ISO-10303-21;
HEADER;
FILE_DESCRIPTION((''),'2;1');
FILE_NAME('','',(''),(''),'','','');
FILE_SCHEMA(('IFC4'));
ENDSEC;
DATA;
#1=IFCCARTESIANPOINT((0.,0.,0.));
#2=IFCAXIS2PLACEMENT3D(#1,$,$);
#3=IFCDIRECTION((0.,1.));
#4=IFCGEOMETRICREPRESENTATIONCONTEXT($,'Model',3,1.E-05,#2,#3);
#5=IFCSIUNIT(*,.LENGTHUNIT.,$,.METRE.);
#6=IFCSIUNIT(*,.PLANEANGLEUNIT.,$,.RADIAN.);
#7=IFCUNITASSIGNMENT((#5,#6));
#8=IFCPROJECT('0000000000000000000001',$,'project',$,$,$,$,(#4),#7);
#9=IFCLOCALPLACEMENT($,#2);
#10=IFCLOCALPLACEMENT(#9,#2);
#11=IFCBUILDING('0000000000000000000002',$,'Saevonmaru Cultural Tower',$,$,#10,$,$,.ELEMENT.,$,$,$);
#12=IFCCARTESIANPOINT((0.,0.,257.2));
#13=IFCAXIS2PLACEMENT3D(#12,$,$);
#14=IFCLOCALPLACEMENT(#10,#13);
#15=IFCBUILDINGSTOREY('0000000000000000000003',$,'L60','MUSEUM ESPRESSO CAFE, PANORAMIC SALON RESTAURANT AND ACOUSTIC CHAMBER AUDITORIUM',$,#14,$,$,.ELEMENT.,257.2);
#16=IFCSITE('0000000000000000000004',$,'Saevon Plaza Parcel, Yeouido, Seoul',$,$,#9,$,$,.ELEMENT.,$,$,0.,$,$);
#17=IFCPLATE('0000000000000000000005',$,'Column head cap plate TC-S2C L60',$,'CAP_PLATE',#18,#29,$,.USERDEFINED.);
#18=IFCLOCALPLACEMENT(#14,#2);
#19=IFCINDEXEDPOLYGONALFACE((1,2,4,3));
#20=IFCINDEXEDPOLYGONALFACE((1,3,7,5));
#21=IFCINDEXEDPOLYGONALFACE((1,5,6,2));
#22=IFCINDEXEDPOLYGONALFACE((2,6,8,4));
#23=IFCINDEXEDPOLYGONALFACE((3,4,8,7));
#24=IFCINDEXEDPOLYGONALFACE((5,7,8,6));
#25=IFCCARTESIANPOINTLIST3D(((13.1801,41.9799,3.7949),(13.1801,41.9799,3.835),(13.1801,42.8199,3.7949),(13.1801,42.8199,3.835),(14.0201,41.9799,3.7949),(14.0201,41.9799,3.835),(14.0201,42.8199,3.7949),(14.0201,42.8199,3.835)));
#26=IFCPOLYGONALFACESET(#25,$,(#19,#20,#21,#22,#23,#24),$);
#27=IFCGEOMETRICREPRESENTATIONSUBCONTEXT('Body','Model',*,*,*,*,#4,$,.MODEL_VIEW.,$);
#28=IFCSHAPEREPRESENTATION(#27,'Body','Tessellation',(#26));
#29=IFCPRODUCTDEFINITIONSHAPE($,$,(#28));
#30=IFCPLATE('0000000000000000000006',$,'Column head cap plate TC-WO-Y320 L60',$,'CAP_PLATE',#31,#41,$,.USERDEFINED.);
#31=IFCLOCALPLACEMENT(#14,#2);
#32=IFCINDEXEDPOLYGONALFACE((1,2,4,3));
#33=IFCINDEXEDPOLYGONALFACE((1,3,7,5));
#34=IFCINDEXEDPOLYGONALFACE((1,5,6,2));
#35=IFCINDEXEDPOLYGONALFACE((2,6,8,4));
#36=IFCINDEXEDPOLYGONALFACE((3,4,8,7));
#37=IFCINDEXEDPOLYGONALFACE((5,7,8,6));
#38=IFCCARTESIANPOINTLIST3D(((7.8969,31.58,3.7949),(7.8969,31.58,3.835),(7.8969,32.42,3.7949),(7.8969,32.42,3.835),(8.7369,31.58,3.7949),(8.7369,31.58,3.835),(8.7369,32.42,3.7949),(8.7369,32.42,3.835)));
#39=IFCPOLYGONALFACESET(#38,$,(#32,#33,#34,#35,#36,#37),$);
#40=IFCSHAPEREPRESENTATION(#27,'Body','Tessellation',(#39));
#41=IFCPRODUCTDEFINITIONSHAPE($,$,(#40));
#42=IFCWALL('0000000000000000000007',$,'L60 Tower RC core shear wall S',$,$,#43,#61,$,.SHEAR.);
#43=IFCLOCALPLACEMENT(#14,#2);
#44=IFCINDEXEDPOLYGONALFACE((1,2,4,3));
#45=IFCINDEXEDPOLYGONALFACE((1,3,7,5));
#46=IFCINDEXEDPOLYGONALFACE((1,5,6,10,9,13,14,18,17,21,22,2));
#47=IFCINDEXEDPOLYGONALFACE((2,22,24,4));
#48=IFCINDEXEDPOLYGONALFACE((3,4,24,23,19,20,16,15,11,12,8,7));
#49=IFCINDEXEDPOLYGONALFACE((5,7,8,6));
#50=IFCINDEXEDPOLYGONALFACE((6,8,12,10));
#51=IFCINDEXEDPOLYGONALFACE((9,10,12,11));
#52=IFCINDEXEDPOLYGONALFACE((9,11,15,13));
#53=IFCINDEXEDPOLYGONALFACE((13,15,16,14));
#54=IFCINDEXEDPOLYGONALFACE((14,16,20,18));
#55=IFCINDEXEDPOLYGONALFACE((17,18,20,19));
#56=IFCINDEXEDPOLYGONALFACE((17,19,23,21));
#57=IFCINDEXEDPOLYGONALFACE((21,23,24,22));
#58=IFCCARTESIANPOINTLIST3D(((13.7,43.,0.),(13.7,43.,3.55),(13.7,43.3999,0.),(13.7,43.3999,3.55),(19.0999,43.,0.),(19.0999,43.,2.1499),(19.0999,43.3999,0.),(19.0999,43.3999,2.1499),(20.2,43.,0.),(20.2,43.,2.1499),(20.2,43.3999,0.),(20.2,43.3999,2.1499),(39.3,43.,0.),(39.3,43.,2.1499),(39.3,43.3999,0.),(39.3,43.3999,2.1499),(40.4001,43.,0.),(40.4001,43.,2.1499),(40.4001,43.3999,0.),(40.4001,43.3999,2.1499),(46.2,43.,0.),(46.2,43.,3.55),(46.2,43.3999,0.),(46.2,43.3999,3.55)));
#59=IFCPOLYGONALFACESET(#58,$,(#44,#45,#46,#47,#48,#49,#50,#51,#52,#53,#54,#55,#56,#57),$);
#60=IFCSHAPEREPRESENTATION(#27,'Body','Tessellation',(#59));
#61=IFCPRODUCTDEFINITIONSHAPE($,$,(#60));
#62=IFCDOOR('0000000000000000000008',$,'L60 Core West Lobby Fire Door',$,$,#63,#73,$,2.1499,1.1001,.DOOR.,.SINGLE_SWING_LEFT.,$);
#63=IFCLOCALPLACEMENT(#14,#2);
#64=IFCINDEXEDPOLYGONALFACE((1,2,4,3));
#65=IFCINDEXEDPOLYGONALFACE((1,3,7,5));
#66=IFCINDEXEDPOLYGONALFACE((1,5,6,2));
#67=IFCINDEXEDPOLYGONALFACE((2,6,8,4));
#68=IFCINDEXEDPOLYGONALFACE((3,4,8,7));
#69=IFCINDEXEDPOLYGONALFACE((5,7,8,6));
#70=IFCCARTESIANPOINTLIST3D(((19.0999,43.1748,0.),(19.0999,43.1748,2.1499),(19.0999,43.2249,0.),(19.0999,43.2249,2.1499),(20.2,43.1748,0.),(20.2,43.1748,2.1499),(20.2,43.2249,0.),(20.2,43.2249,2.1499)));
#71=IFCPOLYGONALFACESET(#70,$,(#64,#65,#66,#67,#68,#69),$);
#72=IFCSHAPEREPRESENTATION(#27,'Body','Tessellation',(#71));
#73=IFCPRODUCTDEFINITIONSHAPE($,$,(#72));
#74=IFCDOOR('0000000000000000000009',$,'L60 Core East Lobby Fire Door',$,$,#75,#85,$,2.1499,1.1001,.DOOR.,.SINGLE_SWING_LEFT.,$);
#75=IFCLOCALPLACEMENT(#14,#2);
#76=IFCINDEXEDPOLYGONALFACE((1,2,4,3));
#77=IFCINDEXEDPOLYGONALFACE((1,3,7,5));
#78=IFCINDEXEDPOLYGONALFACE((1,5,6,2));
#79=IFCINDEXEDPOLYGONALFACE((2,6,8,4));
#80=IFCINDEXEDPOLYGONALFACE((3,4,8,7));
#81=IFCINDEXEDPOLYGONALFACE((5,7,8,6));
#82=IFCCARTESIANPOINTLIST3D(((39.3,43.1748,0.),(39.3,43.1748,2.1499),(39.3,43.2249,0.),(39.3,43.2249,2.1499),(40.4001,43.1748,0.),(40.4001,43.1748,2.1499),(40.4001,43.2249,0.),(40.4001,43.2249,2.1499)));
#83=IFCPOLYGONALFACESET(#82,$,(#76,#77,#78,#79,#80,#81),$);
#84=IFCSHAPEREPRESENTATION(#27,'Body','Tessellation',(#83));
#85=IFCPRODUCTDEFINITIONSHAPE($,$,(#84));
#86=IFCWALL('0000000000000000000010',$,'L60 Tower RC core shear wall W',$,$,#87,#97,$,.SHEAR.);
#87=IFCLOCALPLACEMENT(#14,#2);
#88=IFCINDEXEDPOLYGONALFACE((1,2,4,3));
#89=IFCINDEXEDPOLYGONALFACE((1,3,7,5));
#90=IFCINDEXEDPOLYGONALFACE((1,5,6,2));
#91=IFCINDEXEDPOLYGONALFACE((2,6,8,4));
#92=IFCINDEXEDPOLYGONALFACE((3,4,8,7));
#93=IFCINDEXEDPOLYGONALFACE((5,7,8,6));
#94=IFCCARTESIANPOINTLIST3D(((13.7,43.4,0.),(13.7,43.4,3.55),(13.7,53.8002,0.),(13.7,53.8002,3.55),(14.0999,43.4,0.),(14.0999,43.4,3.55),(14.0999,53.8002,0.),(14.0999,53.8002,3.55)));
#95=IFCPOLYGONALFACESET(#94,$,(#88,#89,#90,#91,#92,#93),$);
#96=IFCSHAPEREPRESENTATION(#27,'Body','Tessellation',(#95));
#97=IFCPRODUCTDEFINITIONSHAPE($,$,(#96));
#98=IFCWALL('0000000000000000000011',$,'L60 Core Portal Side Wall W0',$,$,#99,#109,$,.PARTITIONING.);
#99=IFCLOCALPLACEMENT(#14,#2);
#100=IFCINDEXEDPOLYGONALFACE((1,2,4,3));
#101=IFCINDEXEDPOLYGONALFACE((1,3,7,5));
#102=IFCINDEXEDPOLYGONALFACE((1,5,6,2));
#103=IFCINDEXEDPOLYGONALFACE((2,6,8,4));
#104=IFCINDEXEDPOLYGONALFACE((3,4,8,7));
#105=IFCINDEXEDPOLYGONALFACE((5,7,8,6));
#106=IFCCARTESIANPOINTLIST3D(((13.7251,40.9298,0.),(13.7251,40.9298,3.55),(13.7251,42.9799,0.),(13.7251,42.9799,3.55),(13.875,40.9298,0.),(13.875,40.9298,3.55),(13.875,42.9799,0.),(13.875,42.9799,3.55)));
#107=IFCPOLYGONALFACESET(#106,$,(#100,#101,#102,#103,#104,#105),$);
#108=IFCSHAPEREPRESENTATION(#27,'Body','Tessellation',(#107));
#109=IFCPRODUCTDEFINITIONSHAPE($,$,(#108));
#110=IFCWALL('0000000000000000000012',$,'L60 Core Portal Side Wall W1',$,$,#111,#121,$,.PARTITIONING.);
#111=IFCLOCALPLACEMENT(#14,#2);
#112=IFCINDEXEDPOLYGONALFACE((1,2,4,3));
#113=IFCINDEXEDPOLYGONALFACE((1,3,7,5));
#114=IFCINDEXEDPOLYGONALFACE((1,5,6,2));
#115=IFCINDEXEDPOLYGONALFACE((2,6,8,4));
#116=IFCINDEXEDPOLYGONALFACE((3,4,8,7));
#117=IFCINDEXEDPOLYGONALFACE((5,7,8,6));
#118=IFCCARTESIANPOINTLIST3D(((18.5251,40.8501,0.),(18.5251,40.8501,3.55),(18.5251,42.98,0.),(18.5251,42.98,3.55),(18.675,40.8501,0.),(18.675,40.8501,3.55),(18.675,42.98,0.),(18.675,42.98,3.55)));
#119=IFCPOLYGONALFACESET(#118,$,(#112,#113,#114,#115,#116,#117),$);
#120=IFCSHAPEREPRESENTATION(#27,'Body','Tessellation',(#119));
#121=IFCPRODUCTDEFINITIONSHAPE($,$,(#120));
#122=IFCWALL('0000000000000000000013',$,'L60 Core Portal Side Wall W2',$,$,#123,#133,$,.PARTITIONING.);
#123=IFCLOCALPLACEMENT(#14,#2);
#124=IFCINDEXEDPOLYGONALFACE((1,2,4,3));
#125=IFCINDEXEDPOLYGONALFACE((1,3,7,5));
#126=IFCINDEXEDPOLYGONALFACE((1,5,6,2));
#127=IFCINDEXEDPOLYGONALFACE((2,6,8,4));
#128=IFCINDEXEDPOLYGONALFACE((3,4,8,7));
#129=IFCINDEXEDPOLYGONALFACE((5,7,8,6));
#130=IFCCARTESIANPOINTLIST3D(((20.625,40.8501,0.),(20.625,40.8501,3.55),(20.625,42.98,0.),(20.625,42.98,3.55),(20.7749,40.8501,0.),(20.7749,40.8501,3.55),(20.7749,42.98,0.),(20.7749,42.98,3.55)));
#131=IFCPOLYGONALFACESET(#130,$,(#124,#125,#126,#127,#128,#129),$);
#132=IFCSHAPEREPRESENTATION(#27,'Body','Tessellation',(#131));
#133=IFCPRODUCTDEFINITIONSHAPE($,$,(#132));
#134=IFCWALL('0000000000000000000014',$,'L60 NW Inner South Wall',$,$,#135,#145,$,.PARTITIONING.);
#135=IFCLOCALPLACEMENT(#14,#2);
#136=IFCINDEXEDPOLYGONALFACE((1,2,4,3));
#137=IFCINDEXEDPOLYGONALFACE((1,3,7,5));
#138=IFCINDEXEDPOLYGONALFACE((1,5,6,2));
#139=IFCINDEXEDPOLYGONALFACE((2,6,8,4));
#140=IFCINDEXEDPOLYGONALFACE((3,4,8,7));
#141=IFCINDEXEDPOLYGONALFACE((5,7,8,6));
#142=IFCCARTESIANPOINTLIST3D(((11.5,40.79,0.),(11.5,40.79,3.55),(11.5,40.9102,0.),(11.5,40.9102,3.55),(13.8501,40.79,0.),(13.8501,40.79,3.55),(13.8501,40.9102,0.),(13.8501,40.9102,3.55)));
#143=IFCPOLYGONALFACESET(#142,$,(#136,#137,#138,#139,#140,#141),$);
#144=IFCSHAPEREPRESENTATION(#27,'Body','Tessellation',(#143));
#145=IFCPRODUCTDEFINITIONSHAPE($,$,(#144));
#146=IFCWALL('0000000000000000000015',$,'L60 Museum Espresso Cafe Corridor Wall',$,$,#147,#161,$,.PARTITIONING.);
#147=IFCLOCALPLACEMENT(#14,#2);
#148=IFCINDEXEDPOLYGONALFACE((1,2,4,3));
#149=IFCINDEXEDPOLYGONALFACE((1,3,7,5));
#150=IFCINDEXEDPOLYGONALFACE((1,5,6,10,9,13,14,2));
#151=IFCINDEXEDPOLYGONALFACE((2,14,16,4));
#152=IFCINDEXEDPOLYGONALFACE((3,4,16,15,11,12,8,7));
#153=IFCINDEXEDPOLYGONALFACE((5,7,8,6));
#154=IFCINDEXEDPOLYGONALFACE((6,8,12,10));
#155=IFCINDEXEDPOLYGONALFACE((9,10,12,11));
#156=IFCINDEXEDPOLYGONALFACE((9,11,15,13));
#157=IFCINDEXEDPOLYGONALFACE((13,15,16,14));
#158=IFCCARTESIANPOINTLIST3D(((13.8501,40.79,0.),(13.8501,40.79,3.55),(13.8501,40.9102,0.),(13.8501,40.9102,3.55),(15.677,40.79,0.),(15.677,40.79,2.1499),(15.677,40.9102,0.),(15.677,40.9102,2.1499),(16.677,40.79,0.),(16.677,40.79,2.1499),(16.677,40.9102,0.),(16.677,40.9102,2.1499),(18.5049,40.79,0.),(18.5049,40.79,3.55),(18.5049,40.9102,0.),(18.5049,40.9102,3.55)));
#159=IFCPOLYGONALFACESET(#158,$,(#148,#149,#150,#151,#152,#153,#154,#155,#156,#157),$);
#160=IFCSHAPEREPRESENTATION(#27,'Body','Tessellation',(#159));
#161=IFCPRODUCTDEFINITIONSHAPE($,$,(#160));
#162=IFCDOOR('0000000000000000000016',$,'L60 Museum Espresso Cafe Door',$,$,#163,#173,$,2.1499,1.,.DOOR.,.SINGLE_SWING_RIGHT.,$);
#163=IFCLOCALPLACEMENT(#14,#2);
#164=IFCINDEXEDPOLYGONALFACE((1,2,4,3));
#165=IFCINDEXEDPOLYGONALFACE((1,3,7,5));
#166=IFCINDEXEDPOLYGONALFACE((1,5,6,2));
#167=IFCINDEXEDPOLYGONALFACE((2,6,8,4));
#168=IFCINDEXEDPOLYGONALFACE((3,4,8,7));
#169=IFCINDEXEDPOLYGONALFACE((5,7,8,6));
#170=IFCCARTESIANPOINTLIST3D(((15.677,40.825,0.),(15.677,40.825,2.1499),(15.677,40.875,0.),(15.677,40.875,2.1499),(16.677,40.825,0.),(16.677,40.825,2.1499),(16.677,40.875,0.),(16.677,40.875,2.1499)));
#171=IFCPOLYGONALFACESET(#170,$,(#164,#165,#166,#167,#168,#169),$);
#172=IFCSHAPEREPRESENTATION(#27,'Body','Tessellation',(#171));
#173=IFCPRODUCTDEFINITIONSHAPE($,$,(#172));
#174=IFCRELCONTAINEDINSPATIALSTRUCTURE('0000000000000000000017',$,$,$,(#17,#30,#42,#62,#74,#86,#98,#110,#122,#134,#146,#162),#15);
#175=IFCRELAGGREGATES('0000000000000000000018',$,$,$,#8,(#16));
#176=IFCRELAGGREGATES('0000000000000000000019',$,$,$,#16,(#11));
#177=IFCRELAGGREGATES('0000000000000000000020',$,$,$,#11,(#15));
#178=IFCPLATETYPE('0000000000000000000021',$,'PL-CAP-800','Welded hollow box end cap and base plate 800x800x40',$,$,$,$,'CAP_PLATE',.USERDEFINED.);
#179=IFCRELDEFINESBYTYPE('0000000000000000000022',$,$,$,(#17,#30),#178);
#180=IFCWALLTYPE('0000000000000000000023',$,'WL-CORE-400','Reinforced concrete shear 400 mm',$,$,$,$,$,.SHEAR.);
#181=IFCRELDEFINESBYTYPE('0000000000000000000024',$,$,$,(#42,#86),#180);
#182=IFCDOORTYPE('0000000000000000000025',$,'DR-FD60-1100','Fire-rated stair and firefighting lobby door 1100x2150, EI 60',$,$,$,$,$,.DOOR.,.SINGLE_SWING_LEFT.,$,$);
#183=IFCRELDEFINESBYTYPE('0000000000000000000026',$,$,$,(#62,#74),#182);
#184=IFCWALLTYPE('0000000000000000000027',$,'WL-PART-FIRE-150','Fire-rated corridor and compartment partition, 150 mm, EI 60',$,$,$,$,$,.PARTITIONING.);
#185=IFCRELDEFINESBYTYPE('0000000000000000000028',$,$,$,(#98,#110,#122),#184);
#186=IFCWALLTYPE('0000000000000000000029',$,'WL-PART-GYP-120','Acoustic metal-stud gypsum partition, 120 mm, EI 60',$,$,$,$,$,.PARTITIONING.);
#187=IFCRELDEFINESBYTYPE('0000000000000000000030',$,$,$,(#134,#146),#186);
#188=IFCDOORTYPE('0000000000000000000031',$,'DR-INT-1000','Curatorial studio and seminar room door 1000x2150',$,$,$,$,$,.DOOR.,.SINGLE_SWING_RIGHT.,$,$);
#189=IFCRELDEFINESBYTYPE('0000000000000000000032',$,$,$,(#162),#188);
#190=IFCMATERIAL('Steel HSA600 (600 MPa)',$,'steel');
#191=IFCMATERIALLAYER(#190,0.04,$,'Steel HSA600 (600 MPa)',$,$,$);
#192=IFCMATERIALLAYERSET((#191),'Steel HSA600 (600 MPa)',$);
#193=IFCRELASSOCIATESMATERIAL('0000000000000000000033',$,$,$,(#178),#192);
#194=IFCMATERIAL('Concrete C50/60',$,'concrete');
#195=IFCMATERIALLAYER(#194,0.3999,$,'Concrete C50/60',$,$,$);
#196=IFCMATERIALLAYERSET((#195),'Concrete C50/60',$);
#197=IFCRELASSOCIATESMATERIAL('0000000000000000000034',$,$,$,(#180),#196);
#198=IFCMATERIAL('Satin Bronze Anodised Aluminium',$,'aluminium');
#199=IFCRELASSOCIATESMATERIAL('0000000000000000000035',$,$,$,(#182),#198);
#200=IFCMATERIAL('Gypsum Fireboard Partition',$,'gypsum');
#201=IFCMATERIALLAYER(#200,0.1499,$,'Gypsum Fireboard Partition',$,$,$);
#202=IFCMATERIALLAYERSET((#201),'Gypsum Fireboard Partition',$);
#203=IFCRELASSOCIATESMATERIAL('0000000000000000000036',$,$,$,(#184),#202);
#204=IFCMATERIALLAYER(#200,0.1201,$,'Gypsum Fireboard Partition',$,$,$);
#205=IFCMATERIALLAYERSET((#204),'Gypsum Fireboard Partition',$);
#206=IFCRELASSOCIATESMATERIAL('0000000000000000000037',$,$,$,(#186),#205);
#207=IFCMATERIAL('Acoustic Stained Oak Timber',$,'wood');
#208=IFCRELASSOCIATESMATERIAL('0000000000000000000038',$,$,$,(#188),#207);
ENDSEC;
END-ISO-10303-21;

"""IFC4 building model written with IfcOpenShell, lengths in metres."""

from ifc_helpers import new_model, si_unit, direction, frame, frame_2d, origin, origin_2d, place, context, subcontext, project, spatial, rectangle, extrude, material, layer, layer_set, type_object, element, fill, save


model = new_model("IFC4")

# Units and contexts
model_context = context("Model", 3, precision=1e-05, world=origin(), true_north=direction((0.0, 1.0)))
body_context = subcontext(model_context, "Body", "Model", "MODEL_VIEW")
ifc_project = project(units=[si_unit("LENGTHUNIT", "METRE"), si_unit("PLANEANGLEUNIT", "RADIAN")], contexts=[model_context])

# Site, building, storey
site_placement = place(None, origin())
site = spatial("IfcSite", under=ifc_project, at=site_placement, Name="Saevon Plaza Parcel, Yeouido, Seoul", CompositionType="ELEMENT", RefElevation=0.0)
building_placement = place(site_placement, origin())
building = spatial("IfcBuilding", under=site, at=building_placement, Name="Saevonmaru Cultural Tower", CompositionType="ELEMENT")
storey_placement = place(building_placement, frame((0.0, 0.0, 257.2)))
storey = spatial("IfcBuildingStorey", under=building, at=storey_placement, Name="L60", Description="MUSEUM ESPRESSO CAFE, PANORAMIC SALON RESTAURANT AND ACOUSTIC CHAMBER AUDITORIUM", CompositionType="ELEMENT", Elevation=257.2)

# Plates
ifc_material_1 = material(Name="Steel HSA600 (600 MPa)", Category="steel")
ifc_layer_1 = layer(ifc_material_1, 0.04, Name="Steel HSA600 (600 MPa)")
ifc_layer_set_1 = layer_set([ifc_layer_1], Name="Steel HSA600 (600 MPa)")
plate_type = type_object("IfcPlateType", Name="PL-CAP-800", Description="Welded hollow box end cap and base plate 800x800x40", ElementType="CAP_PLATE", PredefinedType="USERDEFINED", material=ifc_layer_set_1)
for number, where, z_axis, x_axis, name in (
    (1, (13.6001, 42.3999, 3.7949), (0.0, 0.0, 1.0), (1.0, 0.0, 0.0), "Column head cap plate TC-S2C L60"),
    (2, (8.3169, 32.0, 3.7949), (0.0, 0.0, 1.0), (1.0, 0.0, 0.0), "Column head cap plate TC-WO-Y320 L60"),
):
    element("IfcPlate", number, at=place(storey_placement, frame(where, z_axis=z_axis, x_axis=x_axis)), inside=storey, type_object=plate_type, Name=name, ObjectType="CAP_PLATE", PredefinedType="USERDEFINED", context=body_context, shape_type="SweptSolid", body=[
        extrude(rectangle(XDim=0.8401, YDim=0.8401, at=origin_2d()), origin(), (0.0, 0.0, 1.0), 0.04),
    ])

# Wall, openings, doors
ifc_material_2 = material(Name="Concrete C50/60", Category="concrete")
ifc_layer_2 = layer(ifc_material_2, 0.3999, Name="Concrete C50/60")
ifc_layer_set_2 = layer_set([ifc_layer_2], Name="Concrete C50/60")
wall_type_1 = type_object("IfcWallType", Name="WL-CORE-400", Description="Reinforced concrete shear 400 mm", PredefinedType="SHEAR", material=ifc_layer_set_2)
wall_1_placement = place(storey_placement, frame((13.7, 43.2, 0.0), z_axis=(0.0, 0.0, 1.0), x_axis=(1.0, 0.0, 0.0)))
wall_1 = element("IfcWall", 3, at=wall_1_placement, inside=storey, type_object=wall_type_1, Name="L60 Tower RC core shear wall S", PredefinedType="SHEAR", context=body_context, shape_type="SweptSolid", body=[
    extrude(rectangle(XDim=32.5, YDim=0.3999, at=frame_2d((16.25, 0.0))), origin(), (0.0, 0.0, 1.0), 3.55),
])
opening_1_placement = place(wall_1_placement, frame((5.3999, 0.0, 0.0)))
opening_1 = element("IfcOpeningElement", 4, at=opening_1_placement, cuts=wall_1, PredefinedType="OPENING", context=body_context, shape_type="SweptSolid", body=[
    extrude(rectangle(XDim=1.1001, YDim=2.1499, at=frame_2d((0.55, 1.075))), frame((0.0, 0.21, 0.0), z_axis=(0.0, -1.0, 0.0), x_axis=(1.0, 0.0, 0.0)), (0.0, 0.0, 1.0), 0.4199),
])
opening_2_placement = place(wall_1_placement, frame((25.6001, 0.0, 0.0)))
opening_2 = element("IfcOpeningElement", 5, at=opening_2_placement, cuts=wall_1, PredefinedType="OPENING", context=body_context, shape_type="SweptSolid", body=[
    extrude(rectangle(XDim=1.1001, YDim=2.1499, at=frame_2d((0.55, 1.075))), frame((0.0, 0.21, 0.0), z_axis=(0.0, -1.0, 0.0), x_axis=(1.0, 0.0, 0.0)), (0.0, 0.0, 1.0), 0.4199),
])
ifc_material_3 = material(Name="Satin Bronze Anodised Aluminium", Category="aluminium")
door_type_1 = type_object("IfcDoorType", Name="DR-FD60-1100", Description="Fire-rated stair and firefighting lobby door 1100x2150, EI 60", OperationType="SINGLE_SWING_LEFT", PredefinedType="DOOR", material=ifc_material_3)
door_1_placement = place(opening_1_placement, origin())
door_1 = element("IfcDoor", 6, at=door_1_placement, inside=storey, type_object=door_type_1, Name="L60 Core West Lobby Fire Door", OperationType="SINGLE_SWING_LEFT", OverallHeight=2.1499, OverallWidth=1.1001, PredefinedType="DOOR", context=body_context, shape_type="SweptSolid", body=[
    extrude(rectangle(XDim=1.1001, YDim=2.1499, at=frame_2d((0.55, 1.075))), frame((0.0, 0.0249, 0.0), z_axis=(0.0, -1.0, 0.0), x_axis=(1.0, 0.0, 0.0)), (0.0, 0.0, 1.0), 0.05),
])
fill(opening_1, door_1)
door_2_placement = place(opening_2_placement, origin())
door_2 = element("IfcDoor", 7, at=door_2_placement, inside=storey, type_object=door_type_1, Name="L60 Core East Lobby Fire Door", OperationType="SINGLE_SWING_LEFT", OverallHeight=2.1499, OverallWidth=1.1001, PredefinedType="DOOR", context=body_context, shape_type="SweptSolid", body=[
    extrude(rectangle(XDim=1.1001, YDim=2.1499, at=frame_2d((0.55, 1.075))), frame((0.0, 0.0249, 0.0), z_axis=(0.0, -1.0, 0.0), x_axis=(1.0, 0.0, 0.0)), (0.0, 0.0, 1.0), 0.05),
])
fill(opening_2, door_2)

# Walls
wall_2_placement = place(storey_placement, frame((13.8999, 43.3999, 0.0), z_axis=(0.0, 0.0, 1.0), x_axis=(0.0, 1.0, 0.0)))
element("IfcWall", 8, at=wall_2_placement, inside=storey, type_object=wall_type_1, Name="L60 Tower RC core shear wall W", PredefinedType="SHEAR", context=body_context, shape_type="SweptSolid", body=[
    extrude(rectangle(XDim=10.4001, YDim=0.3999, at=frame_2d((5.2002, 0.0))), origin(), (0.0, 0.0, 1.0), 3.55),
])
ifc_material_4 = material(Name="Gypsum Fireboard Partition", Category="gypsum")
ifc_layer_3 = layer(ifc_material_4, 0.1499, Name="Gypsum Fireboard Partition")
ifc_layer_set_3 = layer_set([ifc_layer_3], Name="Gypsum Fireboard Partition")
wall_type_2 = type_object("IfcWallType", Name="WL-PART-FIRE-150", Description="Fire-rated corridor and compartment partition, 150 mm, EI 60", PredefinedType="PARTITIONING", material=ifc_layer_set_3)
wall_3_placement = place(storey_placement, frame((13.8, 40.9299, 0.0), z_axis=(0.0, 0.0, 1.0), x_axis=(0.0, 1.0, 0.0)))
element("IfcWall", 9, at=wall_3_placement, inside=storey, type_object=wall_type_2, Name="L60 Core Portal Side Wall W0", PredefinedType="PARTITIONING", context=body_context, shape_type="SweptSolid", body=[
    extrude(rectangle(XDim=2.05, YDim=0.1499, at=frame_2d((1.0249, 0.0))), origin(), (0.0, 0.0, 1.0), 3.55),
])
for number, where, z_axis, x_axis, name in (
    (10, (18.6001, 40.8501, 0.0), (0.0, 0.0, 1.0), (0.0, 1.0, 0.0), "L60 Core Portal Side Wall W1"),
    (11, (20.7, 40.8501, 0.0), (0.0, 0.0, 1.0), (0.0, 1.0, 0.0), "L60 Core Portal Side Wall W2"),
):
    element("IfcWall", number, at=place(storey_placement, frame(where, z_axis=z_axis, x_axis=x_axis)), inside=storey, type_object=wall_type_2, Name=name, PredefinedType="PARTITIONING", context=body_context, shape_type="SweptSolid", body=[
        extrude(rectangle(XDim=2.1299, YDim=0.1499, at=frame_2d((1.0649, 0.0))), origin(), (0.0, 0.0, 1.0), 3.55),
    ])
ifc_layer_4 = layer(ifc_material_4, 0.1201, Name="Gypsum Fireboard Partition")
ifc_layer_set_4 = layer_set([ifc_layer_4], Name="Gypsum Fireboard Partition")
wall_type_3 = type_object("IfcWallType", Name="WL-PART-GYP-120", Description="Acoustic metal-stud gypsum partition, 120 mm, EI 60", PredefinedType="PARTITIONING", material=ifc_layer_set_4)
wall_4_placement = place(storey_placement, frame((11.5, 40.8501, 0.0), z_axis=(0.0, 0.0, 1.0), x_axis=(1.0, 0.0, 0.0)))
element("IfcWall", 12, at=wall_4_placement, inside=storey, type_object=wall_type_3, Name="L60 NW Inner South Wall", PredefinedType="PARTITIONING", context=body_context, shape_type="SweptSolid", body=[
    extrude(rectangle(XDim=2.3501, YDim=0.1201, at=frame_2d((1.175, 0.0))), origin(), (0.0, 0.0, 1.0), 3.55),
])

# Wall, opening, door
ifc_material_5 = material(Name="Acoustic Stained Oak Timber", Category="wood")
door_type_2 = type_object("IfcDoorType", Name="DR-INT-1000", Description="Curatorial studio and seminar room door 1000x2150", OperationType="SINGLE_SWING_RIGHT", PredefinedType="DOOR", material=ifc_material_5)
wall_5_placement = place(storey_placement, frame((13.8501, 40.8501, 0.0), z_axis=(0.0, 0.0, 1.0), x_axis=(1.0, 0.0, 0.0)))
wall_5 = element("IfcWall", 13, at=wall_5_placement, inside=storey, type_object=wall_type_3, Name="L60 Museum Espresso Cafe Corridor Wall", PredefinedType="PARTITIONING", context=body_context, shape_type="SweptSolid", body=[
    extrude(rectangle(XDim=4.6548, YDim=0.1201, at=frame_2d((2.3274, 0.0))), origin(), (0.0, 0.0, 1.0), 3.55),
])
opening_3_placement = place(wall_5_placement, frame((1.8269, 0.0, 0.0)))
opening_3 = element("IfcOpeningElement", 14, at=opening_3_placement, cuts=wall_5, PredefinedType="OPENING", context=body_context, shape_type="SweptSolid", body=[
    extrude(rectangle(XDim=1.0, YDim=2.1499, at=frame_2d((0.5, 1.075))), frame((0.0, 0.0701, 0.0), z_axis=(0.0, -1.0, 0.0), x_axis=(1.0, 0.0, 0.0)), (0.0, 0.0, 1.0), 0.1401),
])
door_3_placement = place(opening_3_placement, origin())
door_3 = element("IfcDoor", 15, at=door_3_placement, inside=storey, type_object=door_type_2, Name="L60 Museum Espresso Cafe Door", OperationType="SINGLE_SWING_RIGHT", OverallHeight=2.1499, OverallWidth=1.0, PredefinedType="DOOR", context=body_context, shape_type="SweptSolid", body=[
    extrude(rectangle(XDim=1.0, YDim=2.1499, at=frame_2d((0.5, 1.075))), frame((0.0, 0.0249, 0.0), z_axis=(0.0, -1.0, 0.0), x_axis=(1.0, 0.0, 0.0)), (0.0, 0.0, 1.0), 0.05),
])
fill(opening_3, door_3)

save(model, "model.ifc")
